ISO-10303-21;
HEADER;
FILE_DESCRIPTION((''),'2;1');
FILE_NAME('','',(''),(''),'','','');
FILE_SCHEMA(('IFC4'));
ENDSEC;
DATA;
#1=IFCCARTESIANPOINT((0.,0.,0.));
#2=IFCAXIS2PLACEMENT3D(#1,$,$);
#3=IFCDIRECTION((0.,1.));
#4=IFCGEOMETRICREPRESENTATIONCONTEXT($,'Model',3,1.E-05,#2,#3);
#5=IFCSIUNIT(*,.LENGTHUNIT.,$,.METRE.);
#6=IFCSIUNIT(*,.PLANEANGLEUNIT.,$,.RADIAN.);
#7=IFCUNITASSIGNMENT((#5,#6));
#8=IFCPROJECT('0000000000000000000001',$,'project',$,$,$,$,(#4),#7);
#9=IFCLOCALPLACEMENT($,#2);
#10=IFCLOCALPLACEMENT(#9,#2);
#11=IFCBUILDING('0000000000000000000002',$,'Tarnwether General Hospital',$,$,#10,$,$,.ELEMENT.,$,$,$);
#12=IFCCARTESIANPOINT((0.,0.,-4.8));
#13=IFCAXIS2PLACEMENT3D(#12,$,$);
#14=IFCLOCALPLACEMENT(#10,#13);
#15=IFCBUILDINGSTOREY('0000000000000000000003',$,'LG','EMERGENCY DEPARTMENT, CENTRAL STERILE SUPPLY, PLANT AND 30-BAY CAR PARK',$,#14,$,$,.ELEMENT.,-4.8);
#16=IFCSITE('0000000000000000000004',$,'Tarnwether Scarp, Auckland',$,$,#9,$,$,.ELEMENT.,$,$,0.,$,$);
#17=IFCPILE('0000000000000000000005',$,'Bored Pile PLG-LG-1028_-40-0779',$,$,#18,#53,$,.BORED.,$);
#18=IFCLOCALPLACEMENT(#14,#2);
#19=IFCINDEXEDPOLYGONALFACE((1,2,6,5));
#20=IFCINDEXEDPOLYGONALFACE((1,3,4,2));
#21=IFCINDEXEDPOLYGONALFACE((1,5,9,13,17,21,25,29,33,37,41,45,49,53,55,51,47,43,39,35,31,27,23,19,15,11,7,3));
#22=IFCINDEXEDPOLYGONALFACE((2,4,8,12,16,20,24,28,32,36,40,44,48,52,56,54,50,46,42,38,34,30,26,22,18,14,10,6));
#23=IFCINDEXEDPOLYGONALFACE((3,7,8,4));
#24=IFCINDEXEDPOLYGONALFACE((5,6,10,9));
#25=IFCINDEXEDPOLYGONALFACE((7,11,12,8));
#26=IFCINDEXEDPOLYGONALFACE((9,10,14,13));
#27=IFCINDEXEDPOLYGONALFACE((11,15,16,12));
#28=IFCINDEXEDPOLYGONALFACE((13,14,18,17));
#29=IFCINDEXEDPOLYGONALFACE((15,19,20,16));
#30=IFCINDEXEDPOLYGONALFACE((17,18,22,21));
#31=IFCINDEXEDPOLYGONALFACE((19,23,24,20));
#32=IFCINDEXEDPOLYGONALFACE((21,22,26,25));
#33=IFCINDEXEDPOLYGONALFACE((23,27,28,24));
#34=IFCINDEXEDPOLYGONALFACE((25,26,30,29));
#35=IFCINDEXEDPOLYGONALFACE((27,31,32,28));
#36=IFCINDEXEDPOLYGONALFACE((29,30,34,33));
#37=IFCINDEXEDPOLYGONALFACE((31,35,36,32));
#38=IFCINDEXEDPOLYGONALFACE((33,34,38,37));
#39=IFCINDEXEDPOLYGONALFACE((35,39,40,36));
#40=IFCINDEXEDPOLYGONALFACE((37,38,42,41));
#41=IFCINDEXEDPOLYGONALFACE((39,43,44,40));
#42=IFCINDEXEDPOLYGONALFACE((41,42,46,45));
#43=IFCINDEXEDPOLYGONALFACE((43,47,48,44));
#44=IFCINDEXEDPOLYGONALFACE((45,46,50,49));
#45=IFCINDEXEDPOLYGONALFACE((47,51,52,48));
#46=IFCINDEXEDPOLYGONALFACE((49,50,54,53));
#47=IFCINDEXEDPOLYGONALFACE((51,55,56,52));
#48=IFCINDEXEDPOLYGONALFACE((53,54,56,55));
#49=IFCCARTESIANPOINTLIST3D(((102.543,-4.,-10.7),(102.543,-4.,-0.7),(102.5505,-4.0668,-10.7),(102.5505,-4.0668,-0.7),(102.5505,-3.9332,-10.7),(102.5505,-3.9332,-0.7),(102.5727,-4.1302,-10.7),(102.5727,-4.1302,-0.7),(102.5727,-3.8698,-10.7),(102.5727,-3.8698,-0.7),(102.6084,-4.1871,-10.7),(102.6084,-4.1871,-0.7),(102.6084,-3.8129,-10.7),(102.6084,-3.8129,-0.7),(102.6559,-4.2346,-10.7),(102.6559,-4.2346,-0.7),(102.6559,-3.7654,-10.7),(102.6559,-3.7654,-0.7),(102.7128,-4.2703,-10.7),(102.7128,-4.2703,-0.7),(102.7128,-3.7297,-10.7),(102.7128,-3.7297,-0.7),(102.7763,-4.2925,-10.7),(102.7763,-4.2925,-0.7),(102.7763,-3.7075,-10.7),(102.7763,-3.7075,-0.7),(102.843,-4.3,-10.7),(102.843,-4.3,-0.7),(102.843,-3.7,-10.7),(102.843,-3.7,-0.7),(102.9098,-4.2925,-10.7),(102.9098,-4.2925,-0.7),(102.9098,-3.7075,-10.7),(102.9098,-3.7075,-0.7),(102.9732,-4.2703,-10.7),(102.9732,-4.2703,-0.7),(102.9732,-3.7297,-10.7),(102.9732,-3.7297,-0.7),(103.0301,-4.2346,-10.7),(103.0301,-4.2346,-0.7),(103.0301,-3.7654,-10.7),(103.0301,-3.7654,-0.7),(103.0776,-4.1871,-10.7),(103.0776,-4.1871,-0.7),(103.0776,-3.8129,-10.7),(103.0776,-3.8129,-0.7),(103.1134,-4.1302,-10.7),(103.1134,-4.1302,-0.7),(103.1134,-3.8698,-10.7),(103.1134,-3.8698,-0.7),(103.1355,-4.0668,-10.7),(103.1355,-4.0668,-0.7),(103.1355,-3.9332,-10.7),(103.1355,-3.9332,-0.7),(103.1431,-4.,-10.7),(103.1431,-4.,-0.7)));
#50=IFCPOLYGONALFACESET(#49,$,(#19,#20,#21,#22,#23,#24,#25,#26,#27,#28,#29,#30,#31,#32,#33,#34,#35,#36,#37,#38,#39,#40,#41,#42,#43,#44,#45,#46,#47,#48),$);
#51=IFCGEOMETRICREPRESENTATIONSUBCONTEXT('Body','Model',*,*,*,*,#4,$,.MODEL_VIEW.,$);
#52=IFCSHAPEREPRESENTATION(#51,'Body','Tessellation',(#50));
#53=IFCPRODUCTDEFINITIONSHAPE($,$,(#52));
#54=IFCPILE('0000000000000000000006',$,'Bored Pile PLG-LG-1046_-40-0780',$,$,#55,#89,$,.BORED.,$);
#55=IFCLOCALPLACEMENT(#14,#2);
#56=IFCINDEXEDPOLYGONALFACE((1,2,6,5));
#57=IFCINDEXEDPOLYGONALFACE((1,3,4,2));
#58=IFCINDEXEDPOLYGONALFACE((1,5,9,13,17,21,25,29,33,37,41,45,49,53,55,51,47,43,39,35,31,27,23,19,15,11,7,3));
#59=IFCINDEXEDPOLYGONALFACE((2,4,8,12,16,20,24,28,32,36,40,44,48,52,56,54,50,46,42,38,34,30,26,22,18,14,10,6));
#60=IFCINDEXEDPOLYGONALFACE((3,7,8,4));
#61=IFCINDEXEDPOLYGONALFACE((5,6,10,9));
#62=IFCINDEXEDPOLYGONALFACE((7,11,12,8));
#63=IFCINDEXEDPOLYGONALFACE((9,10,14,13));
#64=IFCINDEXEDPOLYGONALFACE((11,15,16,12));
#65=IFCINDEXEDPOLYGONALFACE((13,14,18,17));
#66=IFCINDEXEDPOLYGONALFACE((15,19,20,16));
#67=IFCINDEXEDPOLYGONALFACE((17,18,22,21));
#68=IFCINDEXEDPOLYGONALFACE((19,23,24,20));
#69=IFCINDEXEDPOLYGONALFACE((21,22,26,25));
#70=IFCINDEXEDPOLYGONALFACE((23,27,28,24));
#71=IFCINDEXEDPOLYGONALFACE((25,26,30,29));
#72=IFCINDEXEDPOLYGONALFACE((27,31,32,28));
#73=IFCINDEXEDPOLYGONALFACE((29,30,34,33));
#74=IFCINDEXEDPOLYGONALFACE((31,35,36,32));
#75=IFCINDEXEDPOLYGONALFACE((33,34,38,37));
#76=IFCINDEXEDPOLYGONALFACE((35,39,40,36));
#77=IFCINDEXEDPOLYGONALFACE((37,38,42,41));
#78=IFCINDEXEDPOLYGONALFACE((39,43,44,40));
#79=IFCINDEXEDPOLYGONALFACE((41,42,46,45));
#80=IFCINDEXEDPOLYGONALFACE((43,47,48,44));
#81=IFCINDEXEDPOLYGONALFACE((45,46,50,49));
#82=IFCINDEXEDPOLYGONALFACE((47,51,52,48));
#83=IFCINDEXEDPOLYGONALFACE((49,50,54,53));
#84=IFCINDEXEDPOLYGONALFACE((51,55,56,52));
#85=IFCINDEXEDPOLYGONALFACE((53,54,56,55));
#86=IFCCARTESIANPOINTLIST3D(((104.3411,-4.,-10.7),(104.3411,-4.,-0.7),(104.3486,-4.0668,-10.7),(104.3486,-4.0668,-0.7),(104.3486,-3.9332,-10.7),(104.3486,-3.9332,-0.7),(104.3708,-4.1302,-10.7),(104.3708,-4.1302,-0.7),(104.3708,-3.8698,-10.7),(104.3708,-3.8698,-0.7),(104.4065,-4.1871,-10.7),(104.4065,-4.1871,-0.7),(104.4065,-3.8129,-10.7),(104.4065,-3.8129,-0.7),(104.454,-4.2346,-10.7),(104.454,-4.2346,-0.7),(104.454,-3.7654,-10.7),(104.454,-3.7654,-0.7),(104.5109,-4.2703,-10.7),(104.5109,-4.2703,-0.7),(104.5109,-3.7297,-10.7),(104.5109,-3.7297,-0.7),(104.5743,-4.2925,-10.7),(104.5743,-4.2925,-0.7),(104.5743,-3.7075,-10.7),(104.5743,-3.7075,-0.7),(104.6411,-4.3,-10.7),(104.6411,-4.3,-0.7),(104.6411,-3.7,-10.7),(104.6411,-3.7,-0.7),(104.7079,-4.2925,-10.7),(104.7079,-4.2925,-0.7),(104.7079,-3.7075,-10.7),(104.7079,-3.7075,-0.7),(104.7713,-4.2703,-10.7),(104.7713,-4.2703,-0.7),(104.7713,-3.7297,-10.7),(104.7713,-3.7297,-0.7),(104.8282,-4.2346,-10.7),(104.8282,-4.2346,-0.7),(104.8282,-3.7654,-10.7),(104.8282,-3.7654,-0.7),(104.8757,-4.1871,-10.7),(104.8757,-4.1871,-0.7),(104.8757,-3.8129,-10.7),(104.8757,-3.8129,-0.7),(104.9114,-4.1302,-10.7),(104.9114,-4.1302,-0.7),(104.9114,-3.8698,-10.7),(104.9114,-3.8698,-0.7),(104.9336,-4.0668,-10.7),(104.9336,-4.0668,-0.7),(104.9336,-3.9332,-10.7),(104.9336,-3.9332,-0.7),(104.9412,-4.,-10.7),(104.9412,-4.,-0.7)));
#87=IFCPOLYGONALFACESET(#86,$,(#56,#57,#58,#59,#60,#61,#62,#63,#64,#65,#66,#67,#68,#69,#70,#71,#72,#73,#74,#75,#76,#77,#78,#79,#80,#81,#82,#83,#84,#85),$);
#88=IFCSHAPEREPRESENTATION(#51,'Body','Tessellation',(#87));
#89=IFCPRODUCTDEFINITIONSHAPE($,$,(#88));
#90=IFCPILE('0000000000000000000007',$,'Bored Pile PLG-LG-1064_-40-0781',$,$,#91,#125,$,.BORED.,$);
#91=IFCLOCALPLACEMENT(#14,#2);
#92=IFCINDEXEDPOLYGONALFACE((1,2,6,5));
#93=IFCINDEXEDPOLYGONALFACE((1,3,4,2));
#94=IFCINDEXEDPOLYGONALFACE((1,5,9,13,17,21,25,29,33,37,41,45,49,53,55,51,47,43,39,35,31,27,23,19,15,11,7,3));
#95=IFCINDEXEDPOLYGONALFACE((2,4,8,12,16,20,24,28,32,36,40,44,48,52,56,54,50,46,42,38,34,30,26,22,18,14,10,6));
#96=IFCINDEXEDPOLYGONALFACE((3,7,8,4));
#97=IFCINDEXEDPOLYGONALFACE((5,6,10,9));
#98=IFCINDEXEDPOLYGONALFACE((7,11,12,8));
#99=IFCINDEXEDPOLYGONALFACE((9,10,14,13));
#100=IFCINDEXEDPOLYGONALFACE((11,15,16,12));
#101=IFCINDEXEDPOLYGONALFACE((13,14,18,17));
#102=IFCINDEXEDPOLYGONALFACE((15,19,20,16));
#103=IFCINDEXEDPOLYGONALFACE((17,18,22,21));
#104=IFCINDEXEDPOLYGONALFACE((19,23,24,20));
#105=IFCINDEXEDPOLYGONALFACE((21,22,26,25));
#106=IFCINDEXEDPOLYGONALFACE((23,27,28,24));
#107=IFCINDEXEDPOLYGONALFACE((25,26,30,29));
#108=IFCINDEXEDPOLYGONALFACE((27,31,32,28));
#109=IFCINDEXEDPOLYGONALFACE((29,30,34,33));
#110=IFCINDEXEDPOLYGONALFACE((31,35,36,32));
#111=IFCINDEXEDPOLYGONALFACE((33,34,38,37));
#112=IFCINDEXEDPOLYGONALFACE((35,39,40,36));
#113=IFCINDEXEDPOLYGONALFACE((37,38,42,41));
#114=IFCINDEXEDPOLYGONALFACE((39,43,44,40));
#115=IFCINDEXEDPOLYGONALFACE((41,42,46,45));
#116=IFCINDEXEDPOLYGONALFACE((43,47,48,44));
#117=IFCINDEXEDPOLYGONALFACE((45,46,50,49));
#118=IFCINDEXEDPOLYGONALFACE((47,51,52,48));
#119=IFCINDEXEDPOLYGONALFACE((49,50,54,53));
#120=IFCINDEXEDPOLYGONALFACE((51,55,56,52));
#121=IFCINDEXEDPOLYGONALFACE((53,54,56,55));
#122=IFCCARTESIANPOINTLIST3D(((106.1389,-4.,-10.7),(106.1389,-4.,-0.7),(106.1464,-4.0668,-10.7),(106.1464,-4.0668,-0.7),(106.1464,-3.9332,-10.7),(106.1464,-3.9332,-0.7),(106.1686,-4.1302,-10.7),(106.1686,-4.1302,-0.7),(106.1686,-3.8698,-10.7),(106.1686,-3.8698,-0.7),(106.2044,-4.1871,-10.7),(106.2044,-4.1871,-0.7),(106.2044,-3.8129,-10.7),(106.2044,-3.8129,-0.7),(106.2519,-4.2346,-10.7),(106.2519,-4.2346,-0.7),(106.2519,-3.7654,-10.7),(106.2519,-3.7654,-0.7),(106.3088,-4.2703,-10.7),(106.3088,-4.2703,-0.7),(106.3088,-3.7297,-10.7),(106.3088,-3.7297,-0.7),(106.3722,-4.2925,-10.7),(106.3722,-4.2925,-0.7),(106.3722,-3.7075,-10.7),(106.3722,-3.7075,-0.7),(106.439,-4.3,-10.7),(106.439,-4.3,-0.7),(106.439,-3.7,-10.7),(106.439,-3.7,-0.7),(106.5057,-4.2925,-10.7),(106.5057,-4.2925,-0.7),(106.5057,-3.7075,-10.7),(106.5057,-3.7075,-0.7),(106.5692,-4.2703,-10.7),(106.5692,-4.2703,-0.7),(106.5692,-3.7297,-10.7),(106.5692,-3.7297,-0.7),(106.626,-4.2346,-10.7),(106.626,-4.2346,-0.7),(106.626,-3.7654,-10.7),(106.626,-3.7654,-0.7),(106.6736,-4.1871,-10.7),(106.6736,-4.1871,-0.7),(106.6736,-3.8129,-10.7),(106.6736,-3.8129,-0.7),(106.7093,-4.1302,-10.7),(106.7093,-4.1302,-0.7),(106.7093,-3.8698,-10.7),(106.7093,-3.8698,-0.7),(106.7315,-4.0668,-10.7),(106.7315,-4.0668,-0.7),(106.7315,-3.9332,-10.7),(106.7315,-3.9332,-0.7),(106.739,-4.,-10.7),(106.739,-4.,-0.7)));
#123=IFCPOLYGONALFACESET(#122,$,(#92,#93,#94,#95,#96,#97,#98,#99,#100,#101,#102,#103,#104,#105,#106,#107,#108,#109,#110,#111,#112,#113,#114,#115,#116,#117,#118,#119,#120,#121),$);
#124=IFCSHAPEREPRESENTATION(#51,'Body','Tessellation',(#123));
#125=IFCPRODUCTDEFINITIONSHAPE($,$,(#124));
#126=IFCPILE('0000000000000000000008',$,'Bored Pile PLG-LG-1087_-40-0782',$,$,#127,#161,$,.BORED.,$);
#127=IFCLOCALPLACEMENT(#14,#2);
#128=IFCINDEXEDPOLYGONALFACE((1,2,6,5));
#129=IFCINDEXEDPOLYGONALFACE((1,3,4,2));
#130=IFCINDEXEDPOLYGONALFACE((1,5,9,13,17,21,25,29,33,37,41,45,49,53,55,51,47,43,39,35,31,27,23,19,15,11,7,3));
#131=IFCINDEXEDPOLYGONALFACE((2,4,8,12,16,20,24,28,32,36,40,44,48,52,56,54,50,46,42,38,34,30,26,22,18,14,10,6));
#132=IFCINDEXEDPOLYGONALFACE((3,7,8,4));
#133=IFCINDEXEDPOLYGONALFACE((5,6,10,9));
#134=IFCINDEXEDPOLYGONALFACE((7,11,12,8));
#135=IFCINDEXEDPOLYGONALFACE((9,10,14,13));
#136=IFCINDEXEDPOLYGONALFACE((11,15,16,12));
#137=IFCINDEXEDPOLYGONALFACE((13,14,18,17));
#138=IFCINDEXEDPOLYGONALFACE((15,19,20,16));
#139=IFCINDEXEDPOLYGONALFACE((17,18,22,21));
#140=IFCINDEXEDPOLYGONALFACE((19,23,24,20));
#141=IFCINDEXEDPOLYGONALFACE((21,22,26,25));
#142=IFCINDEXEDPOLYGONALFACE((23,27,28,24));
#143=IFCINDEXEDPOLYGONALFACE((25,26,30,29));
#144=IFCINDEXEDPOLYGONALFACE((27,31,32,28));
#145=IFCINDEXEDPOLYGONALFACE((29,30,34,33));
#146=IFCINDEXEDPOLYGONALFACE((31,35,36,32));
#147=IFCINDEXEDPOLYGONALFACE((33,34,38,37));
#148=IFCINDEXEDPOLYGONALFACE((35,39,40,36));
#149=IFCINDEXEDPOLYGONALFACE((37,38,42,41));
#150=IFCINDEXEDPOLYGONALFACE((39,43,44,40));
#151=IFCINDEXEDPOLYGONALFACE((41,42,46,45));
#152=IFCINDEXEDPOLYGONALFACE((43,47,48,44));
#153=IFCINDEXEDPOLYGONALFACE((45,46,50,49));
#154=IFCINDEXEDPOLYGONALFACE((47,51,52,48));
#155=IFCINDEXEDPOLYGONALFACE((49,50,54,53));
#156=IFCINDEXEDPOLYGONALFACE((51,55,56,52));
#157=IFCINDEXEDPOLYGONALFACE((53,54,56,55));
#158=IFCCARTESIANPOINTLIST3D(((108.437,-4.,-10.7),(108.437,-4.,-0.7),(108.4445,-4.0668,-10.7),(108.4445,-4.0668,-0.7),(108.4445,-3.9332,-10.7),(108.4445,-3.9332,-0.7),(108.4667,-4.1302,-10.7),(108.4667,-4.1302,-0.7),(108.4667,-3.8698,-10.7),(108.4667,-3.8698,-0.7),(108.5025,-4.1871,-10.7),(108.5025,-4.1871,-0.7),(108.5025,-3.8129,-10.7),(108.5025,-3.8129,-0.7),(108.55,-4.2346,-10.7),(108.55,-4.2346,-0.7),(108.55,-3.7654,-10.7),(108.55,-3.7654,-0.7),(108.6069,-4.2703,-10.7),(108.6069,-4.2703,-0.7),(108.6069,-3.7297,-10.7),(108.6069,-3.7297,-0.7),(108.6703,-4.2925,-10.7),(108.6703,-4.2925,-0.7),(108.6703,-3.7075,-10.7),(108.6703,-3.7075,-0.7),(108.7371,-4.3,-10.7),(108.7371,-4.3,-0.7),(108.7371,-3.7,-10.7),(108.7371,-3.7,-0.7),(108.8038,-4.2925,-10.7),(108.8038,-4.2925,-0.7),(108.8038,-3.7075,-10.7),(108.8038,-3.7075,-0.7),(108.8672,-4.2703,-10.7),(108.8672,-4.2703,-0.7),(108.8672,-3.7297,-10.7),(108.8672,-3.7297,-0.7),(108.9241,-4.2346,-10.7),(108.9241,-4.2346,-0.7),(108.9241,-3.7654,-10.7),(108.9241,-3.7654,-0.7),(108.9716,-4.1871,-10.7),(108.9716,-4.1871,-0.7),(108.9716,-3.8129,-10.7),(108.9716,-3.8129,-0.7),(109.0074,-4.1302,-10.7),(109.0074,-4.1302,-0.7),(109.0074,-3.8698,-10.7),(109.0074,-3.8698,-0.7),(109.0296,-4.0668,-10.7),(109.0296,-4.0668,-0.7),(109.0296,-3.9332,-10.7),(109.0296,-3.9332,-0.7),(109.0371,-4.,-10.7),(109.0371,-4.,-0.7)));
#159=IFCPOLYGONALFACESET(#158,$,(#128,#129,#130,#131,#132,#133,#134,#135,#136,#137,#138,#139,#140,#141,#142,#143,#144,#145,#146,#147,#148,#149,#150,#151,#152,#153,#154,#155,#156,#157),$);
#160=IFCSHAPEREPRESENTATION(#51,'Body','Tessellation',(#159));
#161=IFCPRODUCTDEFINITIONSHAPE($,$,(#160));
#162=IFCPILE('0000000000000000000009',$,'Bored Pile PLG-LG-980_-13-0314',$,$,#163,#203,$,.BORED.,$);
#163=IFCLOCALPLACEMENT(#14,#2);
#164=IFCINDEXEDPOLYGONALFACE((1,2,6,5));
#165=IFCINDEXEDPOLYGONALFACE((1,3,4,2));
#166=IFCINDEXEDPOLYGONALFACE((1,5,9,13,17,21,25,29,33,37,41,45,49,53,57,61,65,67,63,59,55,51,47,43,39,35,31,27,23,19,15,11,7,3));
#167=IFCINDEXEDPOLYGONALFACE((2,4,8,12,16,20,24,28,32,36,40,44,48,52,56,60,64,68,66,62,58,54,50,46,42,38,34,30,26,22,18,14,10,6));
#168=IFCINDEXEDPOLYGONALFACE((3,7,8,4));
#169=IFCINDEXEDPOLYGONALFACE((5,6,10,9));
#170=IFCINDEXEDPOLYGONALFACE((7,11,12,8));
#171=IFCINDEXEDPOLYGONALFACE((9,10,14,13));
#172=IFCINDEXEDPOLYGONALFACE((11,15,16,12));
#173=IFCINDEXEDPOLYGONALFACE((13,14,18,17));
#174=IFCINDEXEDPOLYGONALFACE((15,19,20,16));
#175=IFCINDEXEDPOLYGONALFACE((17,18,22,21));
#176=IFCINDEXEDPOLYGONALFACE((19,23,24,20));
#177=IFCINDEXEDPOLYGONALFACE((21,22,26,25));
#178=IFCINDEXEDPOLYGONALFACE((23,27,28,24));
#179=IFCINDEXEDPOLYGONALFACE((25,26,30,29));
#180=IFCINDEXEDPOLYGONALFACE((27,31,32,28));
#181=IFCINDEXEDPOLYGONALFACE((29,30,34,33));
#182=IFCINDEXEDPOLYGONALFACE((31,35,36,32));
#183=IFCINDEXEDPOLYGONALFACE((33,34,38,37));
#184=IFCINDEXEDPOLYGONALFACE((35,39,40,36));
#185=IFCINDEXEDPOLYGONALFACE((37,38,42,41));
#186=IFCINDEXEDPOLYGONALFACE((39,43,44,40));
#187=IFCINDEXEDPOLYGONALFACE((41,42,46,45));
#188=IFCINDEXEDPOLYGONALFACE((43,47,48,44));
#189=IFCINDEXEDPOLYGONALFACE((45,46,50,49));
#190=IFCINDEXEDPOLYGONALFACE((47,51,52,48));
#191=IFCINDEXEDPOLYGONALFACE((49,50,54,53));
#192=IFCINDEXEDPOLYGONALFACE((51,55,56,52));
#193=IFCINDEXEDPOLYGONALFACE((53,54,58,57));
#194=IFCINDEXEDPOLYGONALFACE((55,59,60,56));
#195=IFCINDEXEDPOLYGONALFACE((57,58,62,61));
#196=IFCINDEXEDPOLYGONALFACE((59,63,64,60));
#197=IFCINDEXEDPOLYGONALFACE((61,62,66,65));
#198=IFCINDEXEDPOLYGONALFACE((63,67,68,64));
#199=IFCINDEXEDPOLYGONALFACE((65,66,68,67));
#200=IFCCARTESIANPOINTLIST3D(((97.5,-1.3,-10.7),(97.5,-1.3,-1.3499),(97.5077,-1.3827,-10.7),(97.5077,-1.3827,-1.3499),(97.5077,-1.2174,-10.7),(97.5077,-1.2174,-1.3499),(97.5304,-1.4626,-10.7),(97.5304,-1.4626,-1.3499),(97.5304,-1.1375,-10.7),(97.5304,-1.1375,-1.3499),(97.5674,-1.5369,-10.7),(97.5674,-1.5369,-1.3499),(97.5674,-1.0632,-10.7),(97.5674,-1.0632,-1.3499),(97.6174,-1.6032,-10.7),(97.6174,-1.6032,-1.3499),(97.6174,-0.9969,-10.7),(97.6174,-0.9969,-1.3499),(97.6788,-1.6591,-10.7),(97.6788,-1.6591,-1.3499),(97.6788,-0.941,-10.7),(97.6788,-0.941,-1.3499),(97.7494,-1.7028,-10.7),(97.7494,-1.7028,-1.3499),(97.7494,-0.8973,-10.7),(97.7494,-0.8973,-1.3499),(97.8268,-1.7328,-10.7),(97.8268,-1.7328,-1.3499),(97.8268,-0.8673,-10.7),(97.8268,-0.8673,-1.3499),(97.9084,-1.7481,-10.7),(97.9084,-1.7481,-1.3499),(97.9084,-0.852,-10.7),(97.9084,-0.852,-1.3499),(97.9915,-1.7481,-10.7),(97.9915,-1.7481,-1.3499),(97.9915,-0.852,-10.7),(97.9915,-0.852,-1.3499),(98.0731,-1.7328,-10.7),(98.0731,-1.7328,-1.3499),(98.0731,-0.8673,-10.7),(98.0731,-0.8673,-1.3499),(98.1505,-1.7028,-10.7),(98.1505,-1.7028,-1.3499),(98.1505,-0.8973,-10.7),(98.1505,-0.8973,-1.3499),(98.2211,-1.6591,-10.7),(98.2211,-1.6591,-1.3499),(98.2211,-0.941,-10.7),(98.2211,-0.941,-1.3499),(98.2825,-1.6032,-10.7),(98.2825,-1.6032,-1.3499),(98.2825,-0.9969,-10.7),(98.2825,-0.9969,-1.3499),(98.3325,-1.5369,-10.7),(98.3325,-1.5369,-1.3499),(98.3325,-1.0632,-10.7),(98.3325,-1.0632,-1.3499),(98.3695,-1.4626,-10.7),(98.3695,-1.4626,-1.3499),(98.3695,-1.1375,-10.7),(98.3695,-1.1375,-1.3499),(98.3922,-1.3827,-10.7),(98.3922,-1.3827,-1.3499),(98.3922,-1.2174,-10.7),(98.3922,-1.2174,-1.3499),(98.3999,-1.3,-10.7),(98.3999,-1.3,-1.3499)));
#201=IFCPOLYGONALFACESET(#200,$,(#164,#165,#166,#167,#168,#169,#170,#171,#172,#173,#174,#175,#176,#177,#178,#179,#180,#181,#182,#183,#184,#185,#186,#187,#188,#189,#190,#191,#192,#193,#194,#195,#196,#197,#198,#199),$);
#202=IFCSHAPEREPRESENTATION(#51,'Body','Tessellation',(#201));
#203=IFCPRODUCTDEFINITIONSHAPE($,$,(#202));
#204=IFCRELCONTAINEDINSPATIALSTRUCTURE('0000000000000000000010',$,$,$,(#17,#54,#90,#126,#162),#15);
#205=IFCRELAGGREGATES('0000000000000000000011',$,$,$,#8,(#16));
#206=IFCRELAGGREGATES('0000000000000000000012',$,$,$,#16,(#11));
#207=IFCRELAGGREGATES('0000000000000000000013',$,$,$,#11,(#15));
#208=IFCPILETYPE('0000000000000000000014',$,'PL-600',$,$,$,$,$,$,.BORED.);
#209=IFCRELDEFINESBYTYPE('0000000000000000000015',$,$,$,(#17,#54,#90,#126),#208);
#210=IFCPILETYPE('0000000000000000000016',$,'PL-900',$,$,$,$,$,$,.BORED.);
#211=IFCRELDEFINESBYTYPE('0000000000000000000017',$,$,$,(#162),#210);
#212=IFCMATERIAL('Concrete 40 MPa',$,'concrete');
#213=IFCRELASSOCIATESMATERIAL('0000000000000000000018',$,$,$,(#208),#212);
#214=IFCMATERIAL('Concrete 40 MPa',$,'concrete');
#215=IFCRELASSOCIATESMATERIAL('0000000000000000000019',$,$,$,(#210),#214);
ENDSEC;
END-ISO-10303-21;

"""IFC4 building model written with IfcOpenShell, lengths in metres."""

from ifc_helpers import new_model, si_unit, direction, frame, origin, origin_2d, place, context, subcontext, project, spatial, circle, extrude, material, material_profile, profile_set, type_object, element, save


model = new_model("IFC4")

# Units and contexts
model_context = context("Model", 3, precision=1e-05, world=origin(), true_north=direction((0.0, 1.0)))
body_context = subcontext(model_context, "Body", "Model", "MODEL_VIEW")
ifc_project = project(units=[si_unit("LENGTHUNIT", "METRE"), si_unit("PLANEANGLEUNIT", "RADIAN")], contexts=[model_context])

# Site, building, storey
site_placement = place(None, origin())
site = spatial("IfcSite", under=ifc_project, at=site_placement, Name="Tarnwether Scarp, Auckland", CompositionType="ELEMENT", RefElevation=0.0)
building_placement = place(site_placement, origin())
building = spatial("IfcBuilding", under=site, at=building_placement, Name="Tarnwether General Hospital", CompositionType="ELEMENT")
storey_placement = place(building_placement, frame((0.0, 0.0, -4.8)))
storey = spatial("IfcBuildingStorey", under=building, at=storey_placement, Name="LG", Description="EMERGENCY DEPARTMENT, CENTRAL STERILE SUPPLY, PLANT AND 30-BAY CAR PARK", CompositionType="ELEMENT", Elevation=-4.8)

# Piles
ifc_material_1 = material(Name="Concrete 40 MPa", Category="concrete")
ifc_material_profile_1 = material_profile(ifc_material_1, circle(Radius=0.3, at=origin_2d()), Name="PILE-D600")
ifc_profile_set_1 = profile_set([ifc_material_profile_1], Name="Concrete 40 MPa")
pile_type_1 = type_object("IfcPileType", Name="PL-600", PredefinedType="BORED", material=ifc_profile_set_1)
for number, where, z_axis, x_axis, name in (
    (1, (102.843, -4.0, -0.7), (0.0, 0.0, -1.0), (1.0, 0.0, 0.0), "Bored Pile PLG-LG-1028_-40-0779"),
    (2, (104.6411, -4.0, -0.7), (0.0, 0.0, -1.0), (1.0, 0.0, 0.0), "Bored Pile PLG-LG-1046_-40-0780"),
    (3, (106.439, -4.0, -0.7), (0.0, 0.0, -1.0), (1.0, 0.0, 0.0), "Bored Pile PLG-LG-1064_-40-0781"),
    (4, (108.7371, -4.0, -0.7), (0.0, 0.0, -1.0), (1.0, 0.0, 0.0), "Bored Pile PLG-LG-1087_-40-0782"),
):
    element("IfcPile", number, at=place(storey_placement, frame(where, z_axis=z_axis, x_axis=x_axis)), inside=storey, type_object=pile_type_1, Name=name, PredefinedType="BORED", context=body_context, shape_type="SweptSolid", body=[
        extrude(circle(Radius=0.3, at=origin_2d()), origin(), (0.0, 0.0, 1.0), 10.0),
    ])
ifc_material_2 = material(Name="Concrete 40 MPa", Category="concrete")
ifc_material_profile_2 = material_profile(ifc_material_2, circle(Radius=0.45, at=origin_2d()), Name="PILE-D900")
ifc_profile_set_2 = profile_set([ifc_material_profile_2], Name="Concrete 40 MPa")
pile_type_2 = type_object("IfcPileType", Name="PL-900", PredefinedType="BORED", material=ifc_profile_set_2)
for number, where, z_axis, x_axis, name in (
    (5, (97.95, -1.3, -1.3499), (0.0, 0.0, -1.0), (1.0, 0.0, 0.0), "Bored Pile PLG-LG-980_-13-0314"),
):
    element("IfcPile", number, at=place(storey_placement, frame(where, z_axis=z_axis, x_axis=x_axis)), inside=storey, type_object=pile_type_2, Name=name, PredefinedType="BORED", context=body_context, shape_type="SweptSolid", body=[
        extrude(circle(Radius=0.45, at=origin_2d()), origin(), (0.0, 0.0, 1.0), 9.3501),
    ])

save(model, "model.ifc")
